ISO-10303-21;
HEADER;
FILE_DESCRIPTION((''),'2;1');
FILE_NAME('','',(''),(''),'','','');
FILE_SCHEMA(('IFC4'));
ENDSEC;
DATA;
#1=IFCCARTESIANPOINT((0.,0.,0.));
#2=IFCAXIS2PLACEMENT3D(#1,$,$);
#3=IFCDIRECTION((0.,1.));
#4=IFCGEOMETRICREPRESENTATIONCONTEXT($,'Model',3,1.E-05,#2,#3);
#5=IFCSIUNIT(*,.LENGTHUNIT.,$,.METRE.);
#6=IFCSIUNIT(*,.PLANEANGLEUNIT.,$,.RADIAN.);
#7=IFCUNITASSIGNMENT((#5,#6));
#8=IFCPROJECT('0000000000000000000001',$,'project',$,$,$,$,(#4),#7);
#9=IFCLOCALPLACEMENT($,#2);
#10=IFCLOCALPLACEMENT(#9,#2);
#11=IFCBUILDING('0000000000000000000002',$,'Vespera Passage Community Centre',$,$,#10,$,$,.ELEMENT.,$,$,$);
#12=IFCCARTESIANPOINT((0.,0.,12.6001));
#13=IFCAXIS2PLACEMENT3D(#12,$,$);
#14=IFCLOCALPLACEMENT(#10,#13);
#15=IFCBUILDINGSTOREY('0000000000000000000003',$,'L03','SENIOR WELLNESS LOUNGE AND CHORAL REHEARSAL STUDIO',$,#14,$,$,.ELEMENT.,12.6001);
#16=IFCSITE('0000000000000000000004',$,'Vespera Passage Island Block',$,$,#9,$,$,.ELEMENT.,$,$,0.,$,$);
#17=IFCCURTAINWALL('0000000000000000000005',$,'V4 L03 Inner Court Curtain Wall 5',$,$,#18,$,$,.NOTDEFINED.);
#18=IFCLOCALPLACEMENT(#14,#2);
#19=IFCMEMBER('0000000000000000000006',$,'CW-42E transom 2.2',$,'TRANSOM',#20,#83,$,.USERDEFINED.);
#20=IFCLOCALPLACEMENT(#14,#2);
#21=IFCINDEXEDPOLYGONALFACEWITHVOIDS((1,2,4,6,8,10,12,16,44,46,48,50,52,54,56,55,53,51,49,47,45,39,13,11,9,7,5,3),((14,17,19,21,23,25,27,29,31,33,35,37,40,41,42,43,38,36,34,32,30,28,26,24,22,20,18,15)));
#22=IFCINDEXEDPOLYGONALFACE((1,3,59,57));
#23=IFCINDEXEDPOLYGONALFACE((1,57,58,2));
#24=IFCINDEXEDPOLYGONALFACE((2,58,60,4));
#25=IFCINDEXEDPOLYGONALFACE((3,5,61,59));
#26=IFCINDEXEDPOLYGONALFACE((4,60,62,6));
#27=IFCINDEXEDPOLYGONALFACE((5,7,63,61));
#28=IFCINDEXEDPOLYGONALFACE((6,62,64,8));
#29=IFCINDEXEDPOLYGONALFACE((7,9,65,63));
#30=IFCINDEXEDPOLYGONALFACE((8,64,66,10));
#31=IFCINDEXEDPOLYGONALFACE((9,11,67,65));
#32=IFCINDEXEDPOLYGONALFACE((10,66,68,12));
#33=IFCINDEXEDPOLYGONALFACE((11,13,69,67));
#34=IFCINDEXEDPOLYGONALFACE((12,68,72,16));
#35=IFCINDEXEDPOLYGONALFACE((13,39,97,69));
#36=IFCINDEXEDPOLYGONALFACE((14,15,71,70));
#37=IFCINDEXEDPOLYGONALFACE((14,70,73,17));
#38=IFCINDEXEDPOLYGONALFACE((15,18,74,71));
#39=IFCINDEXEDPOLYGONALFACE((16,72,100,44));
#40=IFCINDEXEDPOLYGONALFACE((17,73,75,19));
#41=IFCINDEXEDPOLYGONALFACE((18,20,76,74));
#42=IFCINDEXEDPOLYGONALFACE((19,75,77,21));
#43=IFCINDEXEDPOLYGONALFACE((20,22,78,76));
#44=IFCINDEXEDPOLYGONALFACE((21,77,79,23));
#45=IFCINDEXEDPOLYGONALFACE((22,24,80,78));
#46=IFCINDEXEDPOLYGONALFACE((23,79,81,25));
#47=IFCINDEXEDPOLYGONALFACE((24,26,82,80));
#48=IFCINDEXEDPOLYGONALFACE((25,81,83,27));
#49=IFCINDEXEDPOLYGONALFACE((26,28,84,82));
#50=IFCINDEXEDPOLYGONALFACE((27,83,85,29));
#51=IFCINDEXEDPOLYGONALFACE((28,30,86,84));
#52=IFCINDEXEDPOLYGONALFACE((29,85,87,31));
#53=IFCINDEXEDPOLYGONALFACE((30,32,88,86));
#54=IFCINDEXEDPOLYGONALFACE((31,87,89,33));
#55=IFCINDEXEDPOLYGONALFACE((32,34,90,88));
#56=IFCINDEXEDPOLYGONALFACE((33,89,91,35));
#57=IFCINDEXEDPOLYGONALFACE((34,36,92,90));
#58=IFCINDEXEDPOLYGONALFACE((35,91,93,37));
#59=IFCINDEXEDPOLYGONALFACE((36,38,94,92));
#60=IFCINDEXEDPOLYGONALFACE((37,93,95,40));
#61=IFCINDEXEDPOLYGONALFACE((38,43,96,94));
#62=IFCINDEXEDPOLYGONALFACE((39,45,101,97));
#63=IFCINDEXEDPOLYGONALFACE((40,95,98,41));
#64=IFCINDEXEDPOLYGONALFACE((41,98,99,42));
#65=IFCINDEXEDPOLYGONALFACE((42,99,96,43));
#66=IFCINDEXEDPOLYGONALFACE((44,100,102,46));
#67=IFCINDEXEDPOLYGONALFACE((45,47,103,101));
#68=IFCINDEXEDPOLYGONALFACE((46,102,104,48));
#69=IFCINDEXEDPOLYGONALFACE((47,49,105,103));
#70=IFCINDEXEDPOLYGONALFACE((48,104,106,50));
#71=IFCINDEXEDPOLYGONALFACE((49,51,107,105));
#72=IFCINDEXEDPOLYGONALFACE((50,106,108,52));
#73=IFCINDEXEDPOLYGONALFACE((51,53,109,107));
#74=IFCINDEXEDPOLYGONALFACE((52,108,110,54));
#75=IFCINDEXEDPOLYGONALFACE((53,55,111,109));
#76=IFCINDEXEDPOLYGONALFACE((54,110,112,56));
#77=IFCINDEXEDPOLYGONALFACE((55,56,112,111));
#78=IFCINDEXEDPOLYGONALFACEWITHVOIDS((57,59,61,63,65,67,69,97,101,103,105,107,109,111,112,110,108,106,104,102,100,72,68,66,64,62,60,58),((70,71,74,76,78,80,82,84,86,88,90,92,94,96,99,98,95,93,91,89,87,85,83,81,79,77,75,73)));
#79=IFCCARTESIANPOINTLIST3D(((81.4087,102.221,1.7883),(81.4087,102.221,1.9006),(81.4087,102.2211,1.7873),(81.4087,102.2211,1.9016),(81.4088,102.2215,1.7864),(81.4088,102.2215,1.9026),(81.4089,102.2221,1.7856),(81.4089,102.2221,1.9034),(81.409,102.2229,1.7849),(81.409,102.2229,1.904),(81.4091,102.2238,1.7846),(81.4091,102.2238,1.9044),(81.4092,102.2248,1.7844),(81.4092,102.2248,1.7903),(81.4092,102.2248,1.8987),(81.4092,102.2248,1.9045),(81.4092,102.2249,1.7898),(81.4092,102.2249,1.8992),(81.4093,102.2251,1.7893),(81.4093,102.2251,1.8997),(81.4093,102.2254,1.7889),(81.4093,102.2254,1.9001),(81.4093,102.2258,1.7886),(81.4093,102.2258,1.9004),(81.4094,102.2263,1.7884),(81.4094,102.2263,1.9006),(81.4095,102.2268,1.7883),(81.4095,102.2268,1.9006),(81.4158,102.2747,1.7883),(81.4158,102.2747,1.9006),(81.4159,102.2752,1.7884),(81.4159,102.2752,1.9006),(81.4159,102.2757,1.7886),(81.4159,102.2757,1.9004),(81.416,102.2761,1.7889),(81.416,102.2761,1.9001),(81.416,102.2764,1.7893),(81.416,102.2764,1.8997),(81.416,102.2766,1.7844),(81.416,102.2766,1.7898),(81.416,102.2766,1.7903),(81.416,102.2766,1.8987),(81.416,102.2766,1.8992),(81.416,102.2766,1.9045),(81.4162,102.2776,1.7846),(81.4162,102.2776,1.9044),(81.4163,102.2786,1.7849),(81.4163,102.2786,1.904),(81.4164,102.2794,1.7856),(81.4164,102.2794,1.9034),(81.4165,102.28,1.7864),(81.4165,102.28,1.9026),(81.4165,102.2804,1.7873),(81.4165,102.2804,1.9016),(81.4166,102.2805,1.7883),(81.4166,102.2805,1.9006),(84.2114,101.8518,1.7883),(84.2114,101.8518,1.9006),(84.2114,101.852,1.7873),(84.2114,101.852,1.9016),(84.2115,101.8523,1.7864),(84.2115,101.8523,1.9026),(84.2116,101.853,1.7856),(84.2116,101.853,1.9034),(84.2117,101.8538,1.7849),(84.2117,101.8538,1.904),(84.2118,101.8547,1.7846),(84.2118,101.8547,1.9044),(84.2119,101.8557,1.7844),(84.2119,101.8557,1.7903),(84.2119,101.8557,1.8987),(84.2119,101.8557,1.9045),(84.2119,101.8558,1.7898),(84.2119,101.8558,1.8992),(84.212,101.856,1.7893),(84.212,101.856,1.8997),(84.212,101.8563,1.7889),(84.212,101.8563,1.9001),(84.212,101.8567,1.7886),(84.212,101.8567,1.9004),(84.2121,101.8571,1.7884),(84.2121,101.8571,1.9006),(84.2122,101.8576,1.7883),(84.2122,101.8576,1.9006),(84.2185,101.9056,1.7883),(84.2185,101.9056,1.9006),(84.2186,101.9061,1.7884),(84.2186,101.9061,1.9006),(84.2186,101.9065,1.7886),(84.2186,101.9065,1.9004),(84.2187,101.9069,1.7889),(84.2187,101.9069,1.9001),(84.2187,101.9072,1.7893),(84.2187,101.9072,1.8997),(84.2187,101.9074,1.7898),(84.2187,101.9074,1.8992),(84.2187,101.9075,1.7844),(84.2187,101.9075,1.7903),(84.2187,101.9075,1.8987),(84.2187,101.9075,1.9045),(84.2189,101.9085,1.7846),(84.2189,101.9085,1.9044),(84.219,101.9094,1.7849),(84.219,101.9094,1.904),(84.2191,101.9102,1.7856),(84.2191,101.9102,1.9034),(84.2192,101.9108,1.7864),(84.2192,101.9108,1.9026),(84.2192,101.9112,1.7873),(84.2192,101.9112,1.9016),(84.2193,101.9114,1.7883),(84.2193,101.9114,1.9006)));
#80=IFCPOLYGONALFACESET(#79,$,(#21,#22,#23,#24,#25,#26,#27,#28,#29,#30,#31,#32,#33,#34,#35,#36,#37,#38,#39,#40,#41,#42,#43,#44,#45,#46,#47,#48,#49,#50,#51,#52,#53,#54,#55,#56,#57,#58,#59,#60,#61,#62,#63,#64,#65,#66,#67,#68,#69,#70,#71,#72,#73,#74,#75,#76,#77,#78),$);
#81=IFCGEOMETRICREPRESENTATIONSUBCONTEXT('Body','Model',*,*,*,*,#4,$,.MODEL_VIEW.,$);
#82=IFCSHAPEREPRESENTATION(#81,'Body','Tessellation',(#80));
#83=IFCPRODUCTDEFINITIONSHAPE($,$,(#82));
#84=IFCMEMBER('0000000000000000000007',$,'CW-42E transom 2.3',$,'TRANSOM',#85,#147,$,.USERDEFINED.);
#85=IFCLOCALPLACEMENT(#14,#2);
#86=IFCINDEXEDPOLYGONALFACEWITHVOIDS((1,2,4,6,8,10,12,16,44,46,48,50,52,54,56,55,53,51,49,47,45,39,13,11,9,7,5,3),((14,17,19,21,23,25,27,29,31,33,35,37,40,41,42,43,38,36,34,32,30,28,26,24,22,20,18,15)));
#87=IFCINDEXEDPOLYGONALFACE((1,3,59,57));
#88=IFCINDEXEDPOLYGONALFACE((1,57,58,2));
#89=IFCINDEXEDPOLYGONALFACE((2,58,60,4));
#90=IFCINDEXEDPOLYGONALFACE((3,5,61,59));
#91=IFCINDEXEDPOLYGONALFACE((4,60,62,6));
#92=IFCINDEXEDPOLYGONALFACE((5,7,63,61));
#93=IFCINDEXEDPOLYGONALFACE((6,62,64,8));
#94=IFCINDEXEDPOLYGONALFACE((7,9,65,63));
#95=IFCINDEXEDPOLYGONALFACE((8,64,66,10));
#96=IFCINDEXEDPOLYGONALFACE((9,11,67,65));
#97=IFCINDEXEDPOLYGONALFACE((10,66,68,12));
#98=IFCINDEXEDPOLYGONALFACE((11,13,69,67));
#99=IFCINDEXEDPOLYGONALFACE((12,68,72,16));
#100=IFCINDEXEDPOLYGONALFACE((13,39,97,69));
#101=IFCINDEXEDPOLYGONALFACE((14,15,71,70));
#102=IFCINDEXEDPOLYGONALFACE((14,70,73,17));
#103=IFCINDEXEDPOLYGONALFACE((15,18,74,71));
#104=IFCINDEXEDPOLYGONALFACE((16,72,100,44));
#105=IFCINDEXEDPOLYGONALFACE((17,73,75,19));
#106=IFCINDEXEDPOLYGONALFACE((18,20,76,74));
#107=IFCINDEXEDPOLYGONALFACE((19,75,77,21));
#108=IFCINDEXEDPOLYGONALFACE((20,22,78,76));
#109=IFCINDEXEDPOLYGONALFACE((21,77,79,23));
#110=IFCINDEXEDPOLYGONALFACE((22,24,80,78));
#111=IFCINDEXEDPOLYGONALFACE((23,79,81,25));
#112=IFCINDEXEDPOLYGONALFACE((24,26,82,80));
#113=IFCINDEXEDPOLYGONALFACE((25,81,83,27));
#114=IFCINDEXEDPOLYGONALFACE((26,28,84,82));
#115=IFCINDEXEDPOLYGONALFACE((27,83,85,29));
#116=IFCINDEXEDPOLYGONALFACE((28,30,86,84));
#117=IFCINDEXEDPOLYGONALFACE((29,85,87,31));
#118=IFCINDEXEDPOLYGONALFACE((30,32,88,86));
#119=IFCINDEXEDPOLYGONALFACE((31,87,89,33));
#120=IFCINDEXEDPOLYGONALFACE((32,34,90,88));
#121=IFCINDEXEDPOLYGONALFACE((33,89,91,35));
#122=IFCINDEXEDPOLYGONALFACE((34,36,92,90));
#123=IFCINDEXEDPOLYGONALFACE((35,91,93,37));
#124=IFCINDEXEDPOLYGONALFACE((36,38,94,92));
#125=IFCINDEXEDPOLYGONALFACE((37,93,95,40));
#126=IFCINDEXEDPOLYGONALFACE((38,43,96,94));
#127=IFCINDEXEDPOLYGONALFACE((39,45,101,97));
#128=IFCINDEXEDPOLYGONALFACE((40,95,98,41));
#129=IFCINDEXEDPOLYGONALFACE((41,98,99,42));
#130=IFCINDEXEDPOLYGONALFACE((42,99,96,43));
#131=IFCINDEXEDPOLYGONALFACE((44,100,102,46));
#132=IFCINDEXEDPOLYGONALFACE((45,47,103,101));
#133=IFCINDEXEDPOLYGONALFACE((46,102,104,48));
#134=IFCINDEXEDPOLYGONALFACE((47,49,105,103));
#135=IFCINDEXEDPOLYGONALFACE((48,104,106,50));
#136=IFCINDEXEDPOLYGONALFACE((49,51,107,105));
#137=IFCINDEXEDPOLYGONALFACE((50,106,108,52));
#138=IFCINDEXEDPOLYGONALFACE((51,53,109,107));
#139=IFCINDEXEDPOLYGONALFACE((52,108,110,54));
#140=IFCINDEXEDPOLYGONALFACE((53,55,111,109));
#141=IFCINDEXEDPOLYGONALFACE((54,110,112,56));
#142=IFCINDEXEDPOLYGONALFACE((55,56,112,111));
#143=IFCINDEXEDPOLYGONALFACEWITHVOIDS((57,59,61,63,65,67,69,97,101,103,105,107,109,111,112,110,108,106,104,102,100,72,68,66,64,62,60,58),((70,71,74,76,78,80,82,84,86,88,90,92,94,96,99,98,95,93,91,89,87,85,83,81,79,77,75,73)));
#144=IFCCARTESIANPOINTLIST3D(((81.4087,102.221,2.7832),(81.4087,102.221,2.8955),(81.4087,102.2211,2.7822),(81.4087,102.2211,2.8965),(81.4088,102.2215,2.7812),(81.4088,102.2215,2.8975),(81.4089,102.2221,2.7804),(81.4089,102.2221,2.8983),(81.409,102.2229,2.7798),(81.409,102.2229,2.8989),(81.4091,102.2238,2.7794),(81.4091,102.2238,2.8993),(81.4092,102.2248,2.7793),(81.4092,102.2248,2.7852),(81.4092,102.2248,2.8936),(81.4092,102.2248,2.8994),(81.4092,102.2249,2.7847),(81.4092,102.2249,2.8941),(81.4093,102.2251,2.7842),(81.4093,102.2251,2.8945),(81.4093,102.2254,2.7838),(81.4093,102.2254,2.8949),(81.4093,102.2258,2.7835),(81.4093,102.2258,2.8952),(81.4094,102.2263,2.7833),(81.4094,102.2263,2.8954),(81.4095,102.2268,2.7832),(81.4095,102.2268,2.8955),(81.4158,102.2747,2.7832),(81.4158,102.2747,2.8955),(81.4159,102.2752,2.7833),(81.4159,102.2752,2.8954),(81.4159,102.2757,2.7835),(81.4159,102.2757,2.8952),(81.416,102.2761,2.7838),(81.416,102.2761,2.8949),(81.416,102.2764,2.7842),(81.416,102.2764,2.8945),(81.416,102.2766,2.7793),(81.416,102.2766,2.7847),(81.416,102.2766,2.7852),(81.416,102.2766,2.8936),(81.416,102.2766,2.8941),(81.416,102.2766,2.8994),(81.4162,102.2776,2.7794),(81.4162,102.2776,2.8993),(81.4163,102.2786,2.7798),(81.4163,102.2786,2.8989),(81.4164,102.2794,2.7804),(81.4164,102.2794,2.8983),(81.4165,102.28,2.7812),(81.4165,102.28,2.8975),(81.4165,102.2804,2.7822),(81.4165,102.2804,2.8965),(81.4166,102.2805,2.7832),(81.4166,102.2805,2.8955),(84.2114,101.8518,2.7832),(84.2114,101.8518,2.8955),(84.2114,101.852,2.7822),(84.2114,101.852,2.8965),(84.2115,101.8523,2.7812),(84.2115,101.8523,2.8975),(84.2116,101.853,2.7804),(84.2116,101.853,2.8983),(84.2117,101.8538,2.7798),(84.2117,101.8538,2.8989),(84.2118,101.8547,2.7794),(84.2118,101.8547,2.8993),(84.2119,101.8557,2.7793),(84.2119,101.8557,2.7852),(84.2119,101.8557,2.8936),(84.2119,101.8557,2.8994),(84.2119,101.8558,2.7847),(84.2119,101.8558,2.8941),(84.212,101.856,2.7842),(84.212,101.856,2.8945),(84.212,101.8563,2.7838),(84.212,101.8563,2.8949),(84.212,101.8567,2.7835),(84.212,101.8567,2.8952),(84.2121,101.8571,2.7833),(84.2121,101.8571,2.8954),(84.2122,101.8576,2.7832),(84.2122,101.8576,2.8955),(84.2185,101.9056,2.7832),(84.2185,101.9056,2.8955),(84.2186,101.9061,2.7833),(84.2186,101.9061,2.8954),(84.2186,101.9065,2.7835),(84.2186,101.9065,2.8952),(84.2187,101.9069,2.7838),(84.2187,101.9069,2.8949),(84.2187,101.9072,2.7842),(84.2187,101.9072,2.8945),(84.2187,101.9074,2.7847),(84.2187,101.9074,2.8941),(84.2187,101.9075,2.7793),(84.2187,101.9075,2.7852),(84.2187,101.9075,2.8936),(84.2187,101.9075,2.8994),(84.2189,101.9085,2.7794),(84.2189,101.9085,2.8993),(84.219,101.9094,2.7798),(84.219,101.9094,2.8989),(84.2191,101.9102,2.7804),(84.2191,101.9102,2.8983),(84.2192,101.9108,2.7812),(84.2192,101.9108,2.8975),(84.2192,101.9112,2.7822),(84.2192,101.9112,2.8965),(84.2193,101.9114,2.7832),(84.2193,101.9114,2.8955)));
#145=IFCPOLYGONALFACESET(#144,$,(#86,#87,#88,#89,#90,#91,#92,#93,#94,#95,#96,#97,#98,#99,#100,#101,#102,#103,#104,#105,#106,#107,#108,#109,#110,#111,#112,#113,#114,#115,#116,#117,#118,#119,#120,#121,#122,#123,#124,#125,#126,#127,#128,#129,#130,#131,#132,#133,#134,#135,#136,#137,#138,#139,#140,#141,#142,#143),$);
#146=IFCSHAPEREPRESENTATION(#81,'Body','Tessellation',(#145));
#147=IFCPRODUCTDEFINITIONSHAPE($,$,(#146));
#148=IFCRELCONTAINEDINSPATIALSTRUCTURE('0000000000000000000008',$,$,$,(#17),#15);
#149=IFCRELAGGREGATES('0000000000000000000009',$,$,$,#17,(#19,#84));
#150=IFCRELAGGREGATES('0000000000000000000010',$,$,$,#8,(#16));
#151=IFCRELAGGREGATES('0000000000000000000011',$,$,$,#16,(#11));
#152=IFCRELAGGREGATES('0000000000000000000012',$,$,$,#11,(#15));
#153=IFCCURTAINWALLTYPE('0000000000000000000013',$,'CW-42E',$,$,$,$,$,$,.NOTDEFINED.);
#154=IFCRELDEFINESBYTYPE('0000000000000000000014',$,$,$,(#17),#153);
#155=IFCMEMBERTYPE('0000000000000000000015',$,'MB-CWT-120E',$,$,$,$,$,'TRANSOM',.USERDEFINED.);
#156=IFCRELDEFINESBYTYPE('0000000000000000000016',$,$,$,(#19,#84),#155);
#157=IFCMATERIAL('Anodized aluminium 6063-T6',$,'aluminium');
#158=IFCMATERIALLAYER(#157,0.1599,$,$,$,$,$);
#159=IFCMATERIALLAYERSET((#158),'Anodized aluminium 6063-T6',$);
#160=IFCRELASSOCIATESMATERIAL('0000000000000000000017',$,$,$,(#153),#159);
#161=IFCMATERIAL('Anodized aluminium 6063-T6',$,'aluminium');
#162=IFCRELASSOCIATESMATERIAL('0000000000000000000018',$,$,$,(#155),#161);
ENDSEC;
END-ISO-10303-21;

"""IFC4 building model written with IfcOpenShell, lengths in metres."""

from ifc_helpers import new_model, si_unit, direction, frame, origin, origin_2d, place, context, subcontext, project, spatial, hollow_rectangle, extrude, material, layer, layer_set, material_profile, profile_set, type_object, element, aggregate, save


model = new_model("IFC4")

# Units and contexts
model_context = context("Model", 3, precision=1e-05, world=origin(), true_north=direction((0.0, 1.0)))
body_context = subcontext(model_context, "Body", "Model", "MODEL_VIEW")
ifc_project = project(units=[si_unit("LENGTHUNIT", "METRE"), si_unit("PLANEANGLEUNIT", "RADIAN")], contexts=[model_context])

# Site, building, storey
site_placement = place(None, origin())
site = spatial("IfcSite", under=ifc_project, at=site_placement, Name="Vespera Passage Island Block", CompositionType="ELEMENT", RefElevation=0.0)
building_placement = place(site_placement, origin())
building = spatial("IfcBuilding", under=site, at=building_placement, Name="Vespera Passage Community Centre", CompositionType="ELEMENT")
storey_placement = place(building_placement, frame((0.0, 0.0, 12.6001)))
storey = spatial("IfcBuildingStorey", under=building, at=storey_placement, Name="L03", Description="SENIOR WELLNESS LOUNGE AND CHORAL REHEARSAL STUDIO", CompositionType="ELEMENT", Elevation=12.6001)

# Curtain wall, members
ifc_material_1 = material(Name="Anodized aluminium 6063-T6", Category="aluminium")
ifc_layer_1 = layer(ifc_material_1, 0.1599)
ifc_layer_set_1 = layer_set([ifc_layer_1], Name="Anodized aluminium 6063-T6")
curtain_wall_type = type_object("IfcCurtainWallType", Name="CW-42E", PredefinedType="NOTDEFINED", material=ifc_layer_set_1)
curtain_wall_placement = place(storey_placement, origin())
curtain_wall = element("IfcCurtainWall", 1, at=curtain_wall_placement, inside=storey, type_object=curtain_wall_type, Name="V4 L03 Inner Court Curtain Wall 5", PredefinedType="NOTDEFINED")
ifc_material_2 = material(Name="Anodized aluminium 6063-T6", Category="aluminium")
ifc_material_profile_1 = material_profile(ifc_material_2, hollow_rectangle(XDim=0.0601, YDim=0.1201, WallThickness=0.0039, InnerFilletRadius=0.002, OuterFilletRadius=0.0039, at=origin_2d()), Name="ALU120X60X4")
ifc_profile_set_1 = profile_set([ifc_material_profile_1], Name="Anodized aluminium 6063-T6")
member_type_1 = type_object("IfcMemberType", Name="MB-CWT-120E", ElementType="TRANSOM", PredefinedType="USERDEFINED", material=ifc_profile_set_1)
member_1_placement = place(storey_placement, frame((84.2153, 101.8816, 1.8445), z_axis=(-0.991438, 0.13058, 0.0), x_axis=(-0.13058, -0.991438, 0.0)))
member_1 = element("IfcMember", 2, at=member_1_placement, type_object=member_type_1, Name="CW-42E transom 2.2", ObjectType="TRANSOM", PredefinedType="USERDEFINED", context=body_context, shape_type="SweptSolid", body=[
    extrude(hollow_rectangle(XDim=0.0601, YDim=0.1201, WallThickness=0.0039, InnerFilletRadius=0.002, OuterFilletRadius=0.0039, at=origin_2d()), origin(), (0.0, 0.0, 1.0), 2.8269),
])
member_2_placement = place(storey_placement, frame((84.2153, 101.8816, 2.8394), z_axis=(-0.991438, 0.13058, 0.0), x_axis=(-0.13058, -0.991438, 0.0)))
member_2 = element("IfcMember", 3, at=member_2_placement, type_object=member_type_1, Name="CW-42E transom 2.3", ObjectType="TRANSOM", PredefinedType="USERDEFINED", context=body_context, shape_type="SweptSolid", body=[
    extrude(hollow_rectangle(XDim=0.0601, YDim=0.1201, WallThickness=0.0039, InnerFilletRadius=0.002, OuterFilletRadius=0.0039, at=origin_2d()), origin(), (0.0, 0.0, 1.0), 2.8269),
])
aggregate(curtain_wall, [member_1, member_2])

save(model, "model.ifc")
